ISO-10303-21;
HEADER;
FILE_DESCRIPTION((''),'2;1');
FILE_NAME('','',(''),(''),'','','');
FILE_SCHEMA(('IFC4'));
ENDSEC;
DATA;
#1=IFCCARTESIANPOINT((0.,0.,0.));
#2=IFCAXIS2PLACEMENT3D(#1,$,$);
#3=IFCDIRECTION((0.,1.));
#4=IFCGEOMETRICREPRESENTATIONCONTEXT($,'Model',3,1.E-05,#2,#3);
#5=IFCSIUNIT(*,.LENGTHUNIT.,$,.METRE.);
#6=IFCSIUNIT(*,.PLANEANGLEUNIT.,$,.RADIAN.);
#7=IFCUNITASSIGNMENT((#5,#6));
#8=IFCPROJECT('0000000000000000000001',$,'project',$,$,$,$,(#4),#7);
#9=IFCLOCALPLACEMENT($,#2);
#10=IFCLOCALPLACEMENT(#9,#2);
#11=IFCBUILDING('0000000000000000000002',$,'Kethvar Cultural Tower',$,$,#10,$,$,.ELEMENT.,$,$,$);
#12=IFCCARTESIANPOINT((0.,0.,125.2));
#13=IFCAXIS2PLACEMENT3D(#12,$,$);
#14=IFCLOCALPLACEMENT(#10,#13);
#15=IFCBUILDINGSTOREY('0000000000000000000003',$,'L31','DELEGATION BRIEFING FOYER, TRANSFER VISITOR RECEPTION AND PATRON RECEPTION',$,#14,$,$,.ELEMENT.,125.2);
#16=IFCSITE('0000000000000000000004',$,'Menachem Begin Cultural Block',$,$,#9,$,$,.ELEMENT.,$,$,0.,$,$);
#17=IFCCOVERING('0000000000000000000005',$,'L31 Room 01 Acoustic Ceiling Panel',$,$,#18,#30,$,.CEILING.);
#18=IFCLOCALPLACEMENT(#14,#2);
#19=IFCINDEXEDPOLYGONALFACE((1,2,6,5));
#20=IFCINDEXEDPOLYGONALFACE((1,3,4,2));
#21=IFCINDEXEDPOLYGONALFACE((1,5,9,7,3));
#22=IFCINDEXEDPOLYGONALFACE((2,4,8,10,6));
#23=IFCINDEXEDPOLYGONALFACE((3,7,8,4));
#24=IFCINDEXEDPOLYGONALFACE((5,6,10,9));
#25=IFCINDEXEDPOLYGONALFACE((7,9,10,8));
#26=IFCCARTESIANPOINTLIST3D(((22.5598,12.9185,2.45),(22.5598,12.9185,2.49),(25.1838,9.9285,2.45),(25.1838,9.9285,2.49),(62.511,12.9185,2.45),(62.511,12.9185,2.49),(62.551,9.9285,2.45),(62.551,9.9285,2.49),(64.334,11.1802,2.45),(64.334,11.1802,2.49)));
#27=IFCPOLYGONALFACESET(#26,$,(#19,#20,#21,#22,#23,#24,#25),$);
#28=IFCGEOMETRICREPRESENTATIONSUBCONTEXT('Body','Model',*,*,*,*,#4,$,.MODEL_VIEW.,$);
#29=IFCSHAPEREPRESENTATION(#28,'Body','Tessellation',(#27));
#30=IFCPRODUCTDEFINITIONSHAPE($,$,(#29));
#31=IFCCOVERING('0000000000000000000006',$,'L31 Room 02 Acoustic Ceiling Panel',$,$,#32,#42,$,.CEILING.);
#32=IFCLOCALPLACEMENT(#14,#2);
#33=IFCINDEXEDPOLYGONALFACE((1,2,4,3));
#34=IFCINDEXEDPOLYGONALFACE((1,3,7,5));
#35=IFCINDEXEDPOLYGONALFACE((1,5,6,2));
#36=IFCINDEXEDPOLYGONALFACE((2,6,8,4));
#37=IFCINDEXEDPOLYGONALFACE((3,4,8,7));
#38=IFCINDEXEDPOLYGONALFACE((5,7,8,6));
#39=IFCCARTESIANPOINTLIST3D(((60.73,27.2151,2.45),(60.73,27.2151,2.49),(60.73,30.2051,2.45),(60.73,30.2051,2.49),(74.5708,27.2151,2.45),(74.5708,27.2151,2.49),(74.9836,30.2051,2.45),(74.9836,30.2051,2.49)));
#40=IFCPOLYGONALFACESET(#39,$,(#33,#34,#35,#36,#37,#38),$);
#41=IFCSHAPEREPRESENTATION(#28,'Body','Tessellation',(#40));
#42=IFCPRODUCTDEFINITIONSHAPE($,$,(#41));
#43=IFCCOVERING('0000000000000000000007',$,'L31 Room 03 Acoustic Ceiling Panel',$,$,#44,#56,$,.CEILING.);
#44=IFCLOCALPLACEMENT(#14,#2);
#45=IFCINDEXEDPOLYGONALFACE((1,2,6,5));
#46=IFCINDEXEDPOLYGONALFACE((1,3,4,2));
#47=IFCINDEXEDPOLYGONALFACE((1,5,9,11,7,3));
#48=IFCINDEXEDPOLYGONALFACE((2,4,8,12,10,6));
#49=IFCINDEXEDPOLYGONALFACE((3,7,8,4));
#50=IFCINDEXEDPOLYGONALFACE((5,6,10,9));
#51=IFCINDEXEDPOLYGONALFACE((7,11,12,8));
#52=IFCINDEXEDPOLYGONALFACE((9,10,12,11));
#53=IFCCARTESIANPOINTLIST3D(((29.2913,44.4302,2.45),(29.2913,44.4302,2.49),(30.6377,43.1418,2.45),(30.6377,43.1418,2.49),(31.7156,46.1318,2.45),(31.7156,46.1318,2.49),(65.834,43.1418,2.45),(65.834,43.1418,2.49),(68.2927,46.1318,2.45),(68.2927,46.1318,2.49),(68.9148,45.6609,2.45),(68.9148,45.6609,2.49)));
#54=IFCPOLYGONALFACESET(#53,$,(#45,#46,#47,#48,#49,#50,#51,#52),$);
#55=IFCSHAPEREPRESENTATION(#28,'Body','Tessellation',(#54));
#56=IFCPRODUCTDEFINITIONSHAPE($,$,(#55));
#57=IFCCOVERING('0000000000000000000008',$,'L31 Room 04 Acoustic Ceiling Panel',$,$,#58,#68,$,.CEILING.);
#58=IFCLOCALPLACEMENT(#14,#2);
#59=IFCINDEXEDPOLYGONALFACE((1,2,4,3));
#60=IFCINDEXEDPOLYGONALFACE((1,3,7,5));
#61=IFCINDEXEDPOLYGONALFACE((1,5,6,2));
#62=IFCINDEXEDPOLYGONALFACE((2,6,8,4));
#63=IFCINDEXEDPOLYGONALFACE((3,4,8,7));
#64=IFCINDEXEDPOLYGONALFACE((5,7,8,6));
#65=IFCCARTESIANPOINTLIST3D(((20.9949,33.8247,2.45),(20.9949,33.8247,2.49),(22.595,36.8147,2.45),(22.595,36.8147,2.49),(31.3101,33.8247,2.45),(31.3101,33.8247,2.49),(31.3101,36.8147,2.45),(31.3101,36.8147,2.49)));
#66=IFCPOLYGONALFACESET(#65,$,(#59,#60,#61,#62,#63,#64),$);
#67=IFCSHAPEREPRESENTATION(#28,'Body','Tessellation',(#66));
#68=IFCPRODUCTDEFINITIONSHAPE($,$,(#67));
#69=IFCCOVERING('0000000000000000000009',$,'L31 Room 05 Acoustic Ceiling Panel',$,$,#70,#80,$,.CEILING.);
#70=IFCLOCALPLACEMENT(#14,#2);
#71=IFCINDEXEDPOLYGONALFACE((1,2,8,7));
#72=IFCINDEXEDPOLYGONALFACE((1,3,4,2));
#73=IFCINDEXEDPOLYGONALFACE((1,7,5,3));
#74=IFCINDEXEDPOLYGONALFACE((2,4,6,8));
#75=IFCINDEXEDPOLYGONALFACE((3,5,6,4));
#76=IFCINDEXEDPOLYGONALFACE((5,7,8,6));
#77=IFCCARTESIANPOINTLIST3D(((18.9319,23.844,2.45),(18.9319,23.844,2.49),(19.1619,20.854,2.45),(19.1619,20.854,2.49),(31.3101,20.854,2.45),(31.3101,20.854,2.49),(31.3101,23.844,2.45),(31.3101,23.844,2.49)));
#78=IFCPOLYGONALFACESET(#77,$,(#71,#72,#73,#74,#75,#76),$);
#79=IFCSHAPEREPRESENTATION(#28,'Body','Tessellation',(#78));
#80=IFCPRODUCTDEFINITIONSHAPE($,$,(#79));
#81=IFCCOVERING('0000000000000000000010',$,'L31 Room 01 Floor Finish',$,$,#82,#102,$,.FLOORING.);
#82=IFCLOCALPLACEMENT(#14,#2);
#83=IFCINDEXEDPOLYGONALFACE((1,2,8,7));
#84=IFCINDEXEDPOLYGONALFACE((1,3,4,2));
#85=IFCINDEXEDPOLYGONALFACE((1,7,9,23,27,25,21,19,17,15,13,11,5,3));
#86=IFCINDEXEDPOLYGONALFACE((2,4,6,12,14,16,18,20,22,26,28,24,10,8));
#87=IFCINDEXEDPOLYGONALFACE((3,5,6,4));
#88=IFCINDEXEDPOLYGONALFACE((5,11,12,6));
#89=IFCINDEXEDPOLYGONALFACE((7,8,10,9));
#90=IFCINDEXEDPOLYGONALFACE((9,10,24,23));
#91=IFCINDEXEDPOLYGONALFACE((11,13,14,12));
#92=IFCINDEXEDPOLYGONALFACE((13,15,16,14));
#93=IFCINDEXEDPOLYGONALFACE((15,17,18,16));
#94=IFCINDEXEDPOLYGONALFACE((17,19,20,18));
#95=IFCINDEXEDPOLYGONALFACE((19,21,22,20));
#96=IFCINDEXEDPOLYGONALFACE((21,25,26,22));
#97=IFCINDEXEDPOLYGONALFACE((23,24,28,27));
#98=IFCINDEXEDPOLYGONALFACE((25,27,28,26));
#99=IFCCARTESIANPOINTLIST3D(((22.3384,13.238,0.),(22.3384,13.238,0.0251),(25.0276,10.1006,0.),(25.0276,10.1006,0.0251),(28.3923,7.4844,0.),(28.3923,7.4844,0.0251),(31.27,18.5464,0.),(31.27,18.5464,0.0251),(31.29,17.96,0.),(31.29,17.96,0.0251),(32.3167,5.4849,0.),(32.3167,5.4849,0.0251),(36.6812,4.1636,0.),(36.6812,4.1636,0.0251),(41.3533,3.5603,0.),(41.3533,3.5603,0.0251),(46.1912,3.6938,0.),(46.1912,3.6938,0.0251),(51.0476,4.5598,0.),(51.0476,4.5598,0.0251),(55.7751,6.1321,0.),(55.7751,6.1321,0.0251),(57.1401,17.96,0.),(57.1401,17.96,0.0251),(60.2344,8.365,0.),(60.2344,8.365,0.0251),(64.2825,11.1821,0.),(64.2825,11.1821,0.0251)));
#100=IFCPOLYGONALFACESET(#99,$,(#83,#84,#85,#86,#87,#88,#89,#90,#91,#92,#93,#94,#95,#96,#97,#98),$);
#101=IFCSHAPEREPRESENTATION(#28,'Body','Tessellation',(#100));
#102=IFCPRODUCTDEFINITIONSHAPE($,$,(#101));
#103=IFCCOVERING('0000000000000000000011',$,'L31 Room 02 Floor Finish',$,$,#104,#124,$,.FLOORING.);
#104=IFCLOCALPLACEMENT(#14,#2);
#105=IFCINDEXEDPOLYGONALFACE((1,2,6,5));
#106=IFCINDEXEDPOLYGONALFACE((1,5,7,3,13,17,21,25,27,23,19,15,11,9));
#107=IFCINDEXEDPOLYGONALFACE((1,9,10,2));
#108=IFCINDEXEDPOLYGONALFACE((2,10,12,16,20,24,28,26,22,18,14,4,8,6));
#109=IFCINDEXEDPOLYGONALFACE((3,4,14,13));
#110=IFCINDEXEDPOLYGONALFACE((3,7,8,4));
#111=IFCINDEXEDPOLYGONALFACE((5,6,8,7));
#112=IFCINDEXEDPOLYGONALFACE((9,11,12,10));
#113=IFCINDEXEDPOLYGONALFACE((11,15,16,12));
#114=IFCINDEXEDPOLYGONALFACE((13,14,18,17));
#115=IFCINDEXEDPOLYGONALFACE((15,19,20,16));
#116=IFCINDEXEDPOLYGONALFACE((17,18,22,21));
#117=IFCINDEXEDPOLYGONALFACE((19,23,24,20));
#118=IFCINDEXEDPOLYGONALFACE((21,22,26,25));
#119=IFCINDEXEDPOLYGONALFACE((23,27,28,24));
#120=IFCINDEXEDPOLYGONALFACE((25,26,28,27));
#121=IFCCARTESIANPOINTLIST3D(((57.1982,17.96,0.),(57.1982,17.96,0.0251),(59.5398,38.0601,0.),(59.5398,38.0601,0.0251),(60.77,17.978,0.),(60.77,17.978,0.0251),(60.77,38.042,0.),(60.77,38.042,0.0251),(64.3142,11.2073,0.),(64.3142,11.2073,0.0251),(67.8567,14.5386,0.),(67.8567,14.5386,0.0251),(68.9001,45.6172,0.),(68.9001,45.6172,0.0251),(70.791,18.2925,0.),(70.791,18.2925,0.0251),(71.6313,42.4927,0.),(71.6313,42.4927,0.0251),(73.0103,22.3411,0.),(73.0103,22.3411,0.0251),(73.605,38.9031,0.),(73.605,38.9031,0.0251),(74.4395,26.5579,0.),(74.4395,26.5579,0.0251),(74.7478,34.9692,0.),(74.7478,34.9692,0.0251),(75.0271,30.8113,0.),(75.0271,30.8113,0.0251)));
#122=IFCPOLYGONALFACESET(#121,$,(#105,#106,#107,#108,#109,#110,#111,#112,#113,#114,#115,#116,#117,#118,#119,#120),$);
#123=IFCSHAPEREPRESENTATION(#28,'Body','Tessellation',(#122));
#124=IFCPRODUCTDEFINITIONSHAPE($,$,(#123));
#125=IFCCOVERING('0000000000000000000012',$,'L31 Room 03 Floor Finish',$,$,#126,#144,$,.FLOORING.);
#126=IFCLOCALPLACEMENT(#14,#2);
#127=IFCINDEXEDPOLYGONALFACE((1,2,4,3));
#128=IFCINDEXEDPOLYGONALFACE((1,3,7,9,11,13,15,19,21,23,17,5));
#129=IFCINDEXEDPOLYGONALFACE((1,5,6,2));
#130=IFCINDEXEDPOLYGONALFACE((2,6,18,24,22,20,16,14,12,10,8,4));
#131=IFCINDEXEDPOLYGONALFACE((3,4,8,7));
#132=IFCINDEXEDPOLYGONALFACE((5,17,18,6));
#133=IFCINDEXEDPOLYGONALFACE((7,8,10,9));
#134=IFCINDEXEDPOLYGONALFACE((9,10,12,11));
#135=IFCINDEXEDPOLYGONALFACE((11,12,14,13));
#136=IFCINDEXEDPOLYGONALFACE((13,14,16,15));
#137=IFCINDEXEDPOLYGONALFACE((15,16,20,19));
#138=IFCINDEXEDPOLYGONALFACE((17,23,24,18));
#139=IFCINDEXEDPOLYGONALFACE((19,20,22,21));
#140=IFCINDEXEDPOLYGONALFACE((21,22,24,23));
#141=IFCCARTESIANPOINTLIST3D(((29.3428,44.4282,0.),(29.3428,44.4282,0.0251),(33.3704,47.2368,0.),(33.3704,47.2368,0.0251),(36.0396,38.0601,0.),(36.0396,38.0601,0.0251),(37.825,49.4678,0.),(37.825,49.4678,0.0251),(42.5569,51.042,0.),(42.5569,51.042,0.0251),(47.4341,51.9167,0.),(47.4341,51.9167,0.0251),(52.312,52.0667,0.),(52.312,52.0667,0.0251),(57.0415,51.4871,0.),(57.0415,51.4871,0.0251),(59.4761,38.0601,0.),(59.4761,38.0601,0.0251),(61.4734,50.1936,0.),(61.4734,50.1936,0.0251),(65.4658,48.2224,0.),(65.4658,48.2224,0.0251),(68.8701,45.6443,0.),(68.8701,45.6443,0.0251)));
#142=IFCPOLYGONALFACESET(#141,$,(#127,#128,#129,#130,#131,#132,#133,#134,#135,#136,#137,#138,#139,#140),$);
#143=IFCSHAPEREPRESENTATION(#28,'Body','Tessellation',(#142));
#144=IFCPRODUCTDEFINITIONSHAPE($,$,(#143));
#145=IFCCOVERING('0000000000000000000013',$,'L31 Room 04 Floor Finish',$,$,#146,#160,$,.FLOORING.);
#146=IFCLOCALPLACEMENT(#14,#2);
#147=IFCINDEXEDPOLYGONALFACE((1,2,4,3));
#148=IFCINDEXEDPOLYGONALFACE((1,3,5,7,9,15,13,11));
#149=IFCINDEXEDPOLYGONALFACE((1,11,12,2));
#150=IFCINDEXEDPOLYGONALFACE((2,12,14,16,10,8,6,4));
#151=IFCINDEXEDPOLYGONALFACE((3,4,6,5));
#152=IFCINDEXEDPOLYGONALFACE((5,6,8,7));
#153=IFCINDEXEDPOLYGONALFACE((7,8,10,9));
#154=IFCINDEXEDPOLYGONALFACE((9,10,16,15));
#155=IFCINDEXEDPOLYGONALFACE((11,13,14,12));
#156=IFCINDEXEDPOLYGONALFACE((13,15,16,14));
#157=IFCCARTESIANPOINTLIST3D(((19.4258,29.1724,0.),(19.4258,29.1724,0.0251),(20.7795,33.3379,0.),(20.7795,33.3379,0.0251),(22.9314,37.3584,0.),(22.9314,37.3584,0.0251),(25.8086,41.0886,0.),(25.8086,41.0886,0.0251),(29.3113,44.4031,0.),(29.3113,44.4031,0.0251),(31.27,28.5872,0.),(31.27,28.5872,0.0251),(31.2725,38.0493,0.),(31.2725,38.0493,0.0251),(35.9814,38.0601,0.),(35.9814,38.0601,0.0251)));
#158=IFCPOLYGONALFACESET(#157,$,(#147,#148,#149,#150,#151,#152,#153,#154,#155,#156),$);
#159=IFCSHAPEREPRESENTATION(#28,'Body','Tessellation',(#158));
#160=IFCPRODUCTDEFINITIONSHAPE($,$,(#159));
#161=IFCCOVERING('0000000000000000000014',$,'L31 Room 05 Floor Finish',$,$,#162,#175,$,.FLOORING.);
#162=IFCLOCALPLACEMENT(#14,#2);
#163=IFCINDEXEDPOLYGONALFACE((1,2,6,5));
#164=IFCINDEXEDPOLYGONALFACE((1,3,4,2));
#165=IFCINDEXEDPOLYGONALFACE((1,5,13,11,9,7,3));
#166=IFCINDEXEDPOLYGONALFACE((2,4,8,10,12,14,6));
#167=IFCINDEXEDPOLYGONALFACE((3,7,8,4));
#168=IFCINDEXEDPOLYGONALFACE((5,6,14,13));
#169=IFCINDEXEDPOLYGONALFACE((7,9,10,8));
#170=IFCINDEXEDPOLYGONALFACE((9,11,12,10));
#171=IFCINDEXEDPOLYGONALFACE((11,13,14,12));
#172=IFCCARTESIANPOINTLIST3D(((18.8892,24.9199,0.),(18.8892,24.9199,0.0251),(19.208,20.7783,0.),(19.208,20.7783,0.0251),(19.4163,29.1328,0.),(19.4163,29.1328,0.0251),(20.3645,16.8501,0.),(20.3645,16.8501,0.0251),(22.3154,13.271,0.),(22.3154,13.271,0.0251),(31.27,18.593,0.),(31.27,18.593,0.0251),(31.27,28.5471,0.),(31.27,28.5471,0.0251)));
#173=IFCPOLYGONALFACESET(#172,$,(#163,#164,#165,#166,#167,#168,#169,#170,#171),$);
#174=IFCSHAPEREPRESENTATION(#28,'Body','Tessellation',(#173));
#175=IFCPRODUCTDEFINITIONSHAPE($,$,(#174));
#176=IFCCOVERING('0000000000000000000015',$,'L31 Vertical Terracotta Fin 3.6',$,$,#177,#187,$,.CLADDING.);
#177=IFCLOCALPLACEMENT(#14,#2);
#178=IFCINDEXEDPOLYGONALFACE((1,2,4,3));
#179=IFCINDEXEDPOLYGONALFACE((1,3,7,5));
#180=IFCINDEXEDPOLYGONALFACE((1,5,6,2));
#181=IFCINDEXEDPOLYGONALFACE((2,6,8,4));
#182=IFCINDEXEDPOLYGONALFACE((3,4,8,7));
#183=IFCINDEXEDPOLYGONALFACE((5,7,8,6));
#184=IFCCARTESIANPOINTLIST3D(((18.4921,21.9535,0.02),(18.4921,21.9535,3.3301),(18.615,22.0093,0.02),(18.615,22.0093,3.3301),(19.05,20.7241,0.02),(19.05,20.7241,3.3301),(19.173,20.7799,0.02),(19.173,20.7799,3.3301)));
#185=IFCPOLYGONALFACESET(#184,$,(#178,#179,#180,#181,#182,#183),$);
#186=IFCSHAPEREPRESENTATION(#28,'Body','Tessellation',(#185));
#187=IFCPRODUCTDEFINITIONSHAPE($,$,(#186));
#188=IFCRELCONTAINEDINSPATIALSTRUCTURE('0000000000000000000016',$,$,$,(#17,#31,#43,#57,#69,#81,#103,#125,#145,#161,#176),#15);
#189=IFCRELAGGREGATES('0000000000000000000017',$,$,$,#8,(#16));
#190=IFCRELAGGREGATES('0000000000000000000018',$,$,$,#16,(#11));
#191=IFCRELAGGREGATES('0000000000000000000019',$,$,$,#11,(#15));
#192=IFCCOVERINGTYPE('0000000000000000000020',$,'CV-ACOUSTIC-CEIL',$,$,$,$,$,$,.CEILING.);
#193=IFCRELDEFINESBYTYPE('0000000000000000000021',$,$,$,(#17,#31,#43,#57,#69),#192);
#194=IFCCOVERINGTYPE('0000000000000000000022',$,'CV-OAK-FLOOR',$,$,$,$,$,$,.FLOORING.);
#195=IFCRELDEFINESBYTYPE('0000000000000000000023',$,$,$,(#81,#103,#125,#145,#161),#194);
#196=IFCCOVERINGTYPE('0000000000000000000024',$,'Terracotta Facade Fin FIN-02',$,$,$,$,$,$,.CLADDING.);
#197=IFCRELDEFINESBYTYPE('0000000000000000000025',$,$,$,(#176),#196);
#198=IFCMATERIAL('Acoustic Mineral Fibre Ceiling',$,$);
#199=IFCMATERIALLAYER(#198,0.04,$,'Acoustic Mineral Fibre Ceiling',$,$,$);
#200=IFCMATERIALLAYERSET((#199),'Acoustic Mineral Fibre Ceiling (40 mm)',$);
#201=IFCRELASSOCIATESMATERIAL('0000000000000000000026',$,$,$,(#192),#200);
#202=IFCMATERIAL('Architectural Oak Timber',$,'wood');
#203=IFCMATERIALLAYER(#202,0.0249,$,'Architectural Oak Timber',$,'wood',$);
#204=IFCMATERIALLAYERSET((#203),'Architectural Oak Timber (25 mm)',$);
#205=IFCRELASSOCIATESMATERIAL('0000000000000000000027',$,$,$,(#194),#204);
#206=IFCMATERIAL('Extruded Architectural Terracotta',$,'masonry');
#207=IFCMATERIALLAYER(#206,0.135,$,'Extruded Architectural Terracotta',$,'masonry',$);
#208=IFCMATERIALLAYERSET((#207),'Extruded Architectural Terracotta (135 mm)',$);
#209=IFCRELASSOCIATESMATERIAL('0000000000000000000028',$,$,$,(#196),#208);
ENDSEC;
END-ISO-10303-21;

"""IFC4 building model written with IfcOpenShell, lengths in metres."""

from ifc_helpers import new_model, si_unit, direction, frame, origin, origin_2d, place, context, subcontext, project, spatial, polyline, rectangle, outline, extrude, source, transform, mapped, material, layer, layer_set, type_object, element, save


model = new_model("IFC4")

# Units and contexts
model_context = context("Model", 3, precision=1e-05, world=origin(), true_north=direction((0.0, 1.0)))
body_context = subcontext(model_context, "Body", "Model", "MODEL_VIEW")
ifc_project = project(units=[si_unit("LENGTHUNIT", "METRE"), si_unit("PLANEANGLEUNIT", "RADIAN")], contexts=[model_context])

# Site, building, storey
site_placement = place(None, origin())
site = spatial("IfcSite", under=ifc_project, at=site_placement, Name="Menachem Begin Cultural Block", CompositionType="ELEMENT", RefElevation=0.0)
building_placement = place(site_placement, origin())
building = spatial("IfcBuilding", under=site, at=building_placement, Name="Kethvar Cultural Tower", CompositionType="ELEMENT")
storey_placement = place(building_placement, frame((0.0, 0.0, 125.2)))
storey = spatial("IfcBuildingStorey", under=building, at=storey_placement, Name="L31", Description="DELEGATION BRIEFING FOYER, TRANSFER VISITOR RECEPTION AND PATRON RECEPTION", CompositionType="ELEMENT", Elevation=125.2)

# Coverings
ifc_material_1 = material(Name="Acoustic Mineral Fibre Ceiling")
ifc_layer_1 = layer(ifc_material_1, 0.04, Name="Acoustic Mineral Fibre Ceiling")
ifc_layer_set_1 = layer_set([ifc_layer_1], Name="Acoustic Mineral Fibre Ceiling (40 mm)")
covering_type_1 = type_object("IfcCoveringType", Name="CV-ACOUSTIC-CEIL", PredefinedType="CEILING", material=ifc_layer_set_1)
covering_1_placement = place(storey_placement, frame((0.0, 0.0, 2.45)))
element("IfcCovering", 1, at=covering_1_placement, inside=storey, type_object=covering_type_1, Name="L31 Room 01 Acoustic Ceiling Panel", PredefinedType="CEILING", context=body_context, shape_type="SweptSolid", body=[
    extrude(outline(polyline([(25.1838, 9.9285), (22.5598, 12.9185), (62.511, 12.9185), (64.334, 11.1802), (62.551, 9.9285), (25.1838, 9.9285)])), origin(), (0.0, 0.0, 1.0), 0.04),
])
covering_2_placement = place(storey_placement, frame((0.0, 0.0, 2.45)))
element("IfcCovering", 2, at=covering_2_placement, inside=storey, type_object=covering_type_1, Name="L31 Room 02 Acoustic Ceiling Panel", PredefinedType="CEILING", context=body_context, shape_type="SweptSolid", body=[
    extrude(outline(polyline([(74.5708, 27.2151), (60.73, 27.2151), (60.73, 30.2051), (74.9836, 30.2051), (74.5708, 27.2151)])), origin(), (0.0, 0.0, 1.0), 0.04),
])
covering_3_placement = place(storey_placement, frame((0.0, 0.0, 2.45)))
element("IfcCovering", 3, at=covering_3_placement, inside=storey, type_object=covering_type_1, Name="L31 Room 03 Acoustic Ceiling Panel", PredefinedType="CEILING", context=body_context, shape_type="SweptSolid", body=[
    extrude(outline(polyline([(68.9148, 45.6609), (65.834, 43.1418), (30.6377, 43.1418), (29.2913, 44.4302), (31.7156, 46.1318), (68.2927, 46.1318), (68.9148, 45.6609)])), origin(), (0.0, 0.0, 1.0), 0.04),
])
covering_4_placement = place(storey_placement, frame((0.0, 0.0, 2.45)))
element("IfcCovering", 4, at=covering_4_placement, inside=storey, type_object=covering_type_1, Name="L31 Room 04 Acoustic Ceiling Panel", PredefinedType="CEILING", context=body_context, shape_type="SweptSolid", body=[
    extrude(outline(polyline([(22.595, 36.8147), (31.3101, 36.8147), (31.3101, 33.8247), (20.9949, 33.8247), (22.595, 36.8147)])), origin(), (0.0, 0.0, 1.0), 0.04),
])
covering_5_placement = place(storey_placement, frame((0.0, 0.0, 2.45)))
element("IfcCovering", 5, at=covering_5_placement, inside=storey, type_object=covering_type_1, Name="L31 Room 05 Acoustic Ceiling Panel", PredefinedType="CEILING", context=body_context, shape_type="SweptSolid", body=[
    extrude(outline(polyline([(18.9319, 23.844), (31.3101, 23.844), (31.3101, 20.854), (19.1619, 20.854), (18.9319, 23.844)])), origin(), (0.0, 0.0, 1.0), 0.04),
])
ifc_material_2 = material(Name="Architectural Oak Timber", Category="wood")
ifc_layer_2 = layer(ifc_material_2, 0.0249, Name="Architectural Oak Timber", Category="wood")
ifc_layer_set_2 = layer_set([ifc_layer_2], Name="Architectural Oak Timber (25 mm)")
covering_type_2 = type_object("IfcCoveringType", Name="CV-OAK-FLOOR", PredefinedType="FLOORING", material=ifc_layer_set_2)
covering_6_placement = place(storey_placement, origin())
element("IfcCovering", 6, at=covering_6_placement, inside=storey, type_object=covering_type_2, Name="L31 Room 01 Floor Finish", PredefinedType="FLOORING", context=body_context, shape_type="SweptSolid", body=[
    extrude(outline(polyline([(60.2344, 8.365), (55.7751, 6.1321), (51.0476, 4.5598), (46.1912, 3.6938), (41.3533, 3.5603), (36.6812, 4.1636), (32.3167, 5.4849), (28.3923, 7.4844), (25.0276, 10.1006), (22.3384, 13.238), (31.27, 18.5464), (31.29, 17.96), (57.1401, 17.96), (64.2825, 11.1821), (60.2344, 8.365)])), origin(), (0.0, 0.0, 1.0), 0.0251),
])
covering_7_placement = place(storey_placement, origin())
element("IfcCovering", 7, at=covering_7_placement, inside=storey, type_object=covering_type_2, Name="L31 Room 02 Floor Finish", PredefinedType="FLOORING", context=body_context, shape_type="SweptSolid", body=[
    extrude(outline(polyline([(75.0271, 30.8113), (74.4395, 26.5579), (73.0103, 22.3411), (70.791, 18.2925), (67.8567, 14.5386), (64.3142, 11.2073), (57.1982, 17.96), (60.77, 17.978), (60.77, 38.042), (59.5398, 38.0601), (68.9001, 45.6172), (71.6313, 42.4927), (73.605, 38.9031), (74.7478, 34.9692), (75.0271, 30.8113)])), origin(), (0.0, 0.0, 1.0), 0.0251),
])
covering_8_placement = place(storey_placement, origin())
element("IfcCovering", 8, at=covering_8_placement, inside=storey, type_object=covering_type_2, Name="L31 Room 03 Floor Finish", PredefinedType="FLOORING", context=body_context, shape_type="SweptSolid", body=[
    extrude(outline(polyline([(33.3704, 47.2368), (37.825, 49.4678), (42.5569, 51.042), (47.4341, 51.9167), (52.312, 52.0667), (57.0415, 51.4871), (61.4734, 50.1936), (65.4658, 48.2224), (68.8701, 45.6443), (59.4761, 38.0601), (36.0396, 38.0601), (29.3428, 44.4282), (33.3704, 47.2368)])), origin(), (0.0, 0.0, 1.0), 0.0251),
])
covering_9_placement = place(storey_placement, origin())
element("IfcCovering", 9, at=covering_9_placement, inside=storey, type_object=covering_type_2, Name="L31 Room 04 Floor Finish", PredefinedType="FLOORING", context=body_context, shape_type="SweptSolid", body=[
    extrude(outline(polyline([(20.7795, 33.3379), (22.9314, 37.3584), (25.8086, 41.0886), (29.3113, 44.4031), (35.9814, 38.0601), (31.2725, 38.0493), (31.27, 28.5872), (19.4258, 29.1724), (20.7795, 33.3379)])), origin(), (0.0, 0.0, 1.0), 0.0251),
])
covering_10_placement = place(storey_placement, origin())
element("IfcCovering", 10, at=covering_10_placement, inside=storey, type_object=covering_type_2, Name="L31 Room 05 Floor Finish", PredefinedType="FLOORING", context=body_context, shape_type="SweptSolid", body=[
    extrude(outline(polyline([(20.3645, 16.8501), (19.208, 20.7783), (18.8892, 24.9199), (19.4163, 29.1328), (31.27, 28.5471), (31.27, 18.593), (22.3154, 13.271), (20.3645, 16.8501)])), origin(), (0.0, 0.0, 1.0), 0.0251),
])
ifc_material_3 = material(Name="Extruded Architectural Terracotta", Category="masonry")
ifc_layer_3 = layer(ifc_material_3, 0.135, Name="Extruded Architectural Terracotta", Category="masonry")
ifc_layer_set_3 = layer_set([ifc_layer_3], Name="Extruded Architectural Terracotta (135 mm)")
covering_type_3 = type_object("IfcCoveringType", Name="Terracotta Facade Fin FIN-02", PredefinedType="CLADDING", material=ifc_layer_set_3)
shared_shape_1 = source(origin(), body_context, "Body", "SweptSolid", [
    extrude(rectangle(XDim=1.3501, YDim=0.135, at=origin_2d()), origin(), (0.0, 0.0, 1.0), 3.3101),
])
for number, where, z_axis, x_axis, name in (
    (11, (18.8325, 21.3667, 0.02), (0.0, 0.0, 1.0), (-0.413263, 0.910612, 0.0), "L31 Vertical Terracotta Fin 3.6"),
):
    element("IfcCovering", number, at=place(storey_placement, frame(where, z_axis=z_axis, x_axis=x_axis)), inside=storey, type_object=covering_type_3, Name=name, PredefinedType="CLADDING", context=body_context, shape_type="MappedRepresentation", body=[
        mapped(shared_shape_1, transform((0.0, 0.0, 0.0), scale=1.0)),
    ])

save(model, "model.ifc")
